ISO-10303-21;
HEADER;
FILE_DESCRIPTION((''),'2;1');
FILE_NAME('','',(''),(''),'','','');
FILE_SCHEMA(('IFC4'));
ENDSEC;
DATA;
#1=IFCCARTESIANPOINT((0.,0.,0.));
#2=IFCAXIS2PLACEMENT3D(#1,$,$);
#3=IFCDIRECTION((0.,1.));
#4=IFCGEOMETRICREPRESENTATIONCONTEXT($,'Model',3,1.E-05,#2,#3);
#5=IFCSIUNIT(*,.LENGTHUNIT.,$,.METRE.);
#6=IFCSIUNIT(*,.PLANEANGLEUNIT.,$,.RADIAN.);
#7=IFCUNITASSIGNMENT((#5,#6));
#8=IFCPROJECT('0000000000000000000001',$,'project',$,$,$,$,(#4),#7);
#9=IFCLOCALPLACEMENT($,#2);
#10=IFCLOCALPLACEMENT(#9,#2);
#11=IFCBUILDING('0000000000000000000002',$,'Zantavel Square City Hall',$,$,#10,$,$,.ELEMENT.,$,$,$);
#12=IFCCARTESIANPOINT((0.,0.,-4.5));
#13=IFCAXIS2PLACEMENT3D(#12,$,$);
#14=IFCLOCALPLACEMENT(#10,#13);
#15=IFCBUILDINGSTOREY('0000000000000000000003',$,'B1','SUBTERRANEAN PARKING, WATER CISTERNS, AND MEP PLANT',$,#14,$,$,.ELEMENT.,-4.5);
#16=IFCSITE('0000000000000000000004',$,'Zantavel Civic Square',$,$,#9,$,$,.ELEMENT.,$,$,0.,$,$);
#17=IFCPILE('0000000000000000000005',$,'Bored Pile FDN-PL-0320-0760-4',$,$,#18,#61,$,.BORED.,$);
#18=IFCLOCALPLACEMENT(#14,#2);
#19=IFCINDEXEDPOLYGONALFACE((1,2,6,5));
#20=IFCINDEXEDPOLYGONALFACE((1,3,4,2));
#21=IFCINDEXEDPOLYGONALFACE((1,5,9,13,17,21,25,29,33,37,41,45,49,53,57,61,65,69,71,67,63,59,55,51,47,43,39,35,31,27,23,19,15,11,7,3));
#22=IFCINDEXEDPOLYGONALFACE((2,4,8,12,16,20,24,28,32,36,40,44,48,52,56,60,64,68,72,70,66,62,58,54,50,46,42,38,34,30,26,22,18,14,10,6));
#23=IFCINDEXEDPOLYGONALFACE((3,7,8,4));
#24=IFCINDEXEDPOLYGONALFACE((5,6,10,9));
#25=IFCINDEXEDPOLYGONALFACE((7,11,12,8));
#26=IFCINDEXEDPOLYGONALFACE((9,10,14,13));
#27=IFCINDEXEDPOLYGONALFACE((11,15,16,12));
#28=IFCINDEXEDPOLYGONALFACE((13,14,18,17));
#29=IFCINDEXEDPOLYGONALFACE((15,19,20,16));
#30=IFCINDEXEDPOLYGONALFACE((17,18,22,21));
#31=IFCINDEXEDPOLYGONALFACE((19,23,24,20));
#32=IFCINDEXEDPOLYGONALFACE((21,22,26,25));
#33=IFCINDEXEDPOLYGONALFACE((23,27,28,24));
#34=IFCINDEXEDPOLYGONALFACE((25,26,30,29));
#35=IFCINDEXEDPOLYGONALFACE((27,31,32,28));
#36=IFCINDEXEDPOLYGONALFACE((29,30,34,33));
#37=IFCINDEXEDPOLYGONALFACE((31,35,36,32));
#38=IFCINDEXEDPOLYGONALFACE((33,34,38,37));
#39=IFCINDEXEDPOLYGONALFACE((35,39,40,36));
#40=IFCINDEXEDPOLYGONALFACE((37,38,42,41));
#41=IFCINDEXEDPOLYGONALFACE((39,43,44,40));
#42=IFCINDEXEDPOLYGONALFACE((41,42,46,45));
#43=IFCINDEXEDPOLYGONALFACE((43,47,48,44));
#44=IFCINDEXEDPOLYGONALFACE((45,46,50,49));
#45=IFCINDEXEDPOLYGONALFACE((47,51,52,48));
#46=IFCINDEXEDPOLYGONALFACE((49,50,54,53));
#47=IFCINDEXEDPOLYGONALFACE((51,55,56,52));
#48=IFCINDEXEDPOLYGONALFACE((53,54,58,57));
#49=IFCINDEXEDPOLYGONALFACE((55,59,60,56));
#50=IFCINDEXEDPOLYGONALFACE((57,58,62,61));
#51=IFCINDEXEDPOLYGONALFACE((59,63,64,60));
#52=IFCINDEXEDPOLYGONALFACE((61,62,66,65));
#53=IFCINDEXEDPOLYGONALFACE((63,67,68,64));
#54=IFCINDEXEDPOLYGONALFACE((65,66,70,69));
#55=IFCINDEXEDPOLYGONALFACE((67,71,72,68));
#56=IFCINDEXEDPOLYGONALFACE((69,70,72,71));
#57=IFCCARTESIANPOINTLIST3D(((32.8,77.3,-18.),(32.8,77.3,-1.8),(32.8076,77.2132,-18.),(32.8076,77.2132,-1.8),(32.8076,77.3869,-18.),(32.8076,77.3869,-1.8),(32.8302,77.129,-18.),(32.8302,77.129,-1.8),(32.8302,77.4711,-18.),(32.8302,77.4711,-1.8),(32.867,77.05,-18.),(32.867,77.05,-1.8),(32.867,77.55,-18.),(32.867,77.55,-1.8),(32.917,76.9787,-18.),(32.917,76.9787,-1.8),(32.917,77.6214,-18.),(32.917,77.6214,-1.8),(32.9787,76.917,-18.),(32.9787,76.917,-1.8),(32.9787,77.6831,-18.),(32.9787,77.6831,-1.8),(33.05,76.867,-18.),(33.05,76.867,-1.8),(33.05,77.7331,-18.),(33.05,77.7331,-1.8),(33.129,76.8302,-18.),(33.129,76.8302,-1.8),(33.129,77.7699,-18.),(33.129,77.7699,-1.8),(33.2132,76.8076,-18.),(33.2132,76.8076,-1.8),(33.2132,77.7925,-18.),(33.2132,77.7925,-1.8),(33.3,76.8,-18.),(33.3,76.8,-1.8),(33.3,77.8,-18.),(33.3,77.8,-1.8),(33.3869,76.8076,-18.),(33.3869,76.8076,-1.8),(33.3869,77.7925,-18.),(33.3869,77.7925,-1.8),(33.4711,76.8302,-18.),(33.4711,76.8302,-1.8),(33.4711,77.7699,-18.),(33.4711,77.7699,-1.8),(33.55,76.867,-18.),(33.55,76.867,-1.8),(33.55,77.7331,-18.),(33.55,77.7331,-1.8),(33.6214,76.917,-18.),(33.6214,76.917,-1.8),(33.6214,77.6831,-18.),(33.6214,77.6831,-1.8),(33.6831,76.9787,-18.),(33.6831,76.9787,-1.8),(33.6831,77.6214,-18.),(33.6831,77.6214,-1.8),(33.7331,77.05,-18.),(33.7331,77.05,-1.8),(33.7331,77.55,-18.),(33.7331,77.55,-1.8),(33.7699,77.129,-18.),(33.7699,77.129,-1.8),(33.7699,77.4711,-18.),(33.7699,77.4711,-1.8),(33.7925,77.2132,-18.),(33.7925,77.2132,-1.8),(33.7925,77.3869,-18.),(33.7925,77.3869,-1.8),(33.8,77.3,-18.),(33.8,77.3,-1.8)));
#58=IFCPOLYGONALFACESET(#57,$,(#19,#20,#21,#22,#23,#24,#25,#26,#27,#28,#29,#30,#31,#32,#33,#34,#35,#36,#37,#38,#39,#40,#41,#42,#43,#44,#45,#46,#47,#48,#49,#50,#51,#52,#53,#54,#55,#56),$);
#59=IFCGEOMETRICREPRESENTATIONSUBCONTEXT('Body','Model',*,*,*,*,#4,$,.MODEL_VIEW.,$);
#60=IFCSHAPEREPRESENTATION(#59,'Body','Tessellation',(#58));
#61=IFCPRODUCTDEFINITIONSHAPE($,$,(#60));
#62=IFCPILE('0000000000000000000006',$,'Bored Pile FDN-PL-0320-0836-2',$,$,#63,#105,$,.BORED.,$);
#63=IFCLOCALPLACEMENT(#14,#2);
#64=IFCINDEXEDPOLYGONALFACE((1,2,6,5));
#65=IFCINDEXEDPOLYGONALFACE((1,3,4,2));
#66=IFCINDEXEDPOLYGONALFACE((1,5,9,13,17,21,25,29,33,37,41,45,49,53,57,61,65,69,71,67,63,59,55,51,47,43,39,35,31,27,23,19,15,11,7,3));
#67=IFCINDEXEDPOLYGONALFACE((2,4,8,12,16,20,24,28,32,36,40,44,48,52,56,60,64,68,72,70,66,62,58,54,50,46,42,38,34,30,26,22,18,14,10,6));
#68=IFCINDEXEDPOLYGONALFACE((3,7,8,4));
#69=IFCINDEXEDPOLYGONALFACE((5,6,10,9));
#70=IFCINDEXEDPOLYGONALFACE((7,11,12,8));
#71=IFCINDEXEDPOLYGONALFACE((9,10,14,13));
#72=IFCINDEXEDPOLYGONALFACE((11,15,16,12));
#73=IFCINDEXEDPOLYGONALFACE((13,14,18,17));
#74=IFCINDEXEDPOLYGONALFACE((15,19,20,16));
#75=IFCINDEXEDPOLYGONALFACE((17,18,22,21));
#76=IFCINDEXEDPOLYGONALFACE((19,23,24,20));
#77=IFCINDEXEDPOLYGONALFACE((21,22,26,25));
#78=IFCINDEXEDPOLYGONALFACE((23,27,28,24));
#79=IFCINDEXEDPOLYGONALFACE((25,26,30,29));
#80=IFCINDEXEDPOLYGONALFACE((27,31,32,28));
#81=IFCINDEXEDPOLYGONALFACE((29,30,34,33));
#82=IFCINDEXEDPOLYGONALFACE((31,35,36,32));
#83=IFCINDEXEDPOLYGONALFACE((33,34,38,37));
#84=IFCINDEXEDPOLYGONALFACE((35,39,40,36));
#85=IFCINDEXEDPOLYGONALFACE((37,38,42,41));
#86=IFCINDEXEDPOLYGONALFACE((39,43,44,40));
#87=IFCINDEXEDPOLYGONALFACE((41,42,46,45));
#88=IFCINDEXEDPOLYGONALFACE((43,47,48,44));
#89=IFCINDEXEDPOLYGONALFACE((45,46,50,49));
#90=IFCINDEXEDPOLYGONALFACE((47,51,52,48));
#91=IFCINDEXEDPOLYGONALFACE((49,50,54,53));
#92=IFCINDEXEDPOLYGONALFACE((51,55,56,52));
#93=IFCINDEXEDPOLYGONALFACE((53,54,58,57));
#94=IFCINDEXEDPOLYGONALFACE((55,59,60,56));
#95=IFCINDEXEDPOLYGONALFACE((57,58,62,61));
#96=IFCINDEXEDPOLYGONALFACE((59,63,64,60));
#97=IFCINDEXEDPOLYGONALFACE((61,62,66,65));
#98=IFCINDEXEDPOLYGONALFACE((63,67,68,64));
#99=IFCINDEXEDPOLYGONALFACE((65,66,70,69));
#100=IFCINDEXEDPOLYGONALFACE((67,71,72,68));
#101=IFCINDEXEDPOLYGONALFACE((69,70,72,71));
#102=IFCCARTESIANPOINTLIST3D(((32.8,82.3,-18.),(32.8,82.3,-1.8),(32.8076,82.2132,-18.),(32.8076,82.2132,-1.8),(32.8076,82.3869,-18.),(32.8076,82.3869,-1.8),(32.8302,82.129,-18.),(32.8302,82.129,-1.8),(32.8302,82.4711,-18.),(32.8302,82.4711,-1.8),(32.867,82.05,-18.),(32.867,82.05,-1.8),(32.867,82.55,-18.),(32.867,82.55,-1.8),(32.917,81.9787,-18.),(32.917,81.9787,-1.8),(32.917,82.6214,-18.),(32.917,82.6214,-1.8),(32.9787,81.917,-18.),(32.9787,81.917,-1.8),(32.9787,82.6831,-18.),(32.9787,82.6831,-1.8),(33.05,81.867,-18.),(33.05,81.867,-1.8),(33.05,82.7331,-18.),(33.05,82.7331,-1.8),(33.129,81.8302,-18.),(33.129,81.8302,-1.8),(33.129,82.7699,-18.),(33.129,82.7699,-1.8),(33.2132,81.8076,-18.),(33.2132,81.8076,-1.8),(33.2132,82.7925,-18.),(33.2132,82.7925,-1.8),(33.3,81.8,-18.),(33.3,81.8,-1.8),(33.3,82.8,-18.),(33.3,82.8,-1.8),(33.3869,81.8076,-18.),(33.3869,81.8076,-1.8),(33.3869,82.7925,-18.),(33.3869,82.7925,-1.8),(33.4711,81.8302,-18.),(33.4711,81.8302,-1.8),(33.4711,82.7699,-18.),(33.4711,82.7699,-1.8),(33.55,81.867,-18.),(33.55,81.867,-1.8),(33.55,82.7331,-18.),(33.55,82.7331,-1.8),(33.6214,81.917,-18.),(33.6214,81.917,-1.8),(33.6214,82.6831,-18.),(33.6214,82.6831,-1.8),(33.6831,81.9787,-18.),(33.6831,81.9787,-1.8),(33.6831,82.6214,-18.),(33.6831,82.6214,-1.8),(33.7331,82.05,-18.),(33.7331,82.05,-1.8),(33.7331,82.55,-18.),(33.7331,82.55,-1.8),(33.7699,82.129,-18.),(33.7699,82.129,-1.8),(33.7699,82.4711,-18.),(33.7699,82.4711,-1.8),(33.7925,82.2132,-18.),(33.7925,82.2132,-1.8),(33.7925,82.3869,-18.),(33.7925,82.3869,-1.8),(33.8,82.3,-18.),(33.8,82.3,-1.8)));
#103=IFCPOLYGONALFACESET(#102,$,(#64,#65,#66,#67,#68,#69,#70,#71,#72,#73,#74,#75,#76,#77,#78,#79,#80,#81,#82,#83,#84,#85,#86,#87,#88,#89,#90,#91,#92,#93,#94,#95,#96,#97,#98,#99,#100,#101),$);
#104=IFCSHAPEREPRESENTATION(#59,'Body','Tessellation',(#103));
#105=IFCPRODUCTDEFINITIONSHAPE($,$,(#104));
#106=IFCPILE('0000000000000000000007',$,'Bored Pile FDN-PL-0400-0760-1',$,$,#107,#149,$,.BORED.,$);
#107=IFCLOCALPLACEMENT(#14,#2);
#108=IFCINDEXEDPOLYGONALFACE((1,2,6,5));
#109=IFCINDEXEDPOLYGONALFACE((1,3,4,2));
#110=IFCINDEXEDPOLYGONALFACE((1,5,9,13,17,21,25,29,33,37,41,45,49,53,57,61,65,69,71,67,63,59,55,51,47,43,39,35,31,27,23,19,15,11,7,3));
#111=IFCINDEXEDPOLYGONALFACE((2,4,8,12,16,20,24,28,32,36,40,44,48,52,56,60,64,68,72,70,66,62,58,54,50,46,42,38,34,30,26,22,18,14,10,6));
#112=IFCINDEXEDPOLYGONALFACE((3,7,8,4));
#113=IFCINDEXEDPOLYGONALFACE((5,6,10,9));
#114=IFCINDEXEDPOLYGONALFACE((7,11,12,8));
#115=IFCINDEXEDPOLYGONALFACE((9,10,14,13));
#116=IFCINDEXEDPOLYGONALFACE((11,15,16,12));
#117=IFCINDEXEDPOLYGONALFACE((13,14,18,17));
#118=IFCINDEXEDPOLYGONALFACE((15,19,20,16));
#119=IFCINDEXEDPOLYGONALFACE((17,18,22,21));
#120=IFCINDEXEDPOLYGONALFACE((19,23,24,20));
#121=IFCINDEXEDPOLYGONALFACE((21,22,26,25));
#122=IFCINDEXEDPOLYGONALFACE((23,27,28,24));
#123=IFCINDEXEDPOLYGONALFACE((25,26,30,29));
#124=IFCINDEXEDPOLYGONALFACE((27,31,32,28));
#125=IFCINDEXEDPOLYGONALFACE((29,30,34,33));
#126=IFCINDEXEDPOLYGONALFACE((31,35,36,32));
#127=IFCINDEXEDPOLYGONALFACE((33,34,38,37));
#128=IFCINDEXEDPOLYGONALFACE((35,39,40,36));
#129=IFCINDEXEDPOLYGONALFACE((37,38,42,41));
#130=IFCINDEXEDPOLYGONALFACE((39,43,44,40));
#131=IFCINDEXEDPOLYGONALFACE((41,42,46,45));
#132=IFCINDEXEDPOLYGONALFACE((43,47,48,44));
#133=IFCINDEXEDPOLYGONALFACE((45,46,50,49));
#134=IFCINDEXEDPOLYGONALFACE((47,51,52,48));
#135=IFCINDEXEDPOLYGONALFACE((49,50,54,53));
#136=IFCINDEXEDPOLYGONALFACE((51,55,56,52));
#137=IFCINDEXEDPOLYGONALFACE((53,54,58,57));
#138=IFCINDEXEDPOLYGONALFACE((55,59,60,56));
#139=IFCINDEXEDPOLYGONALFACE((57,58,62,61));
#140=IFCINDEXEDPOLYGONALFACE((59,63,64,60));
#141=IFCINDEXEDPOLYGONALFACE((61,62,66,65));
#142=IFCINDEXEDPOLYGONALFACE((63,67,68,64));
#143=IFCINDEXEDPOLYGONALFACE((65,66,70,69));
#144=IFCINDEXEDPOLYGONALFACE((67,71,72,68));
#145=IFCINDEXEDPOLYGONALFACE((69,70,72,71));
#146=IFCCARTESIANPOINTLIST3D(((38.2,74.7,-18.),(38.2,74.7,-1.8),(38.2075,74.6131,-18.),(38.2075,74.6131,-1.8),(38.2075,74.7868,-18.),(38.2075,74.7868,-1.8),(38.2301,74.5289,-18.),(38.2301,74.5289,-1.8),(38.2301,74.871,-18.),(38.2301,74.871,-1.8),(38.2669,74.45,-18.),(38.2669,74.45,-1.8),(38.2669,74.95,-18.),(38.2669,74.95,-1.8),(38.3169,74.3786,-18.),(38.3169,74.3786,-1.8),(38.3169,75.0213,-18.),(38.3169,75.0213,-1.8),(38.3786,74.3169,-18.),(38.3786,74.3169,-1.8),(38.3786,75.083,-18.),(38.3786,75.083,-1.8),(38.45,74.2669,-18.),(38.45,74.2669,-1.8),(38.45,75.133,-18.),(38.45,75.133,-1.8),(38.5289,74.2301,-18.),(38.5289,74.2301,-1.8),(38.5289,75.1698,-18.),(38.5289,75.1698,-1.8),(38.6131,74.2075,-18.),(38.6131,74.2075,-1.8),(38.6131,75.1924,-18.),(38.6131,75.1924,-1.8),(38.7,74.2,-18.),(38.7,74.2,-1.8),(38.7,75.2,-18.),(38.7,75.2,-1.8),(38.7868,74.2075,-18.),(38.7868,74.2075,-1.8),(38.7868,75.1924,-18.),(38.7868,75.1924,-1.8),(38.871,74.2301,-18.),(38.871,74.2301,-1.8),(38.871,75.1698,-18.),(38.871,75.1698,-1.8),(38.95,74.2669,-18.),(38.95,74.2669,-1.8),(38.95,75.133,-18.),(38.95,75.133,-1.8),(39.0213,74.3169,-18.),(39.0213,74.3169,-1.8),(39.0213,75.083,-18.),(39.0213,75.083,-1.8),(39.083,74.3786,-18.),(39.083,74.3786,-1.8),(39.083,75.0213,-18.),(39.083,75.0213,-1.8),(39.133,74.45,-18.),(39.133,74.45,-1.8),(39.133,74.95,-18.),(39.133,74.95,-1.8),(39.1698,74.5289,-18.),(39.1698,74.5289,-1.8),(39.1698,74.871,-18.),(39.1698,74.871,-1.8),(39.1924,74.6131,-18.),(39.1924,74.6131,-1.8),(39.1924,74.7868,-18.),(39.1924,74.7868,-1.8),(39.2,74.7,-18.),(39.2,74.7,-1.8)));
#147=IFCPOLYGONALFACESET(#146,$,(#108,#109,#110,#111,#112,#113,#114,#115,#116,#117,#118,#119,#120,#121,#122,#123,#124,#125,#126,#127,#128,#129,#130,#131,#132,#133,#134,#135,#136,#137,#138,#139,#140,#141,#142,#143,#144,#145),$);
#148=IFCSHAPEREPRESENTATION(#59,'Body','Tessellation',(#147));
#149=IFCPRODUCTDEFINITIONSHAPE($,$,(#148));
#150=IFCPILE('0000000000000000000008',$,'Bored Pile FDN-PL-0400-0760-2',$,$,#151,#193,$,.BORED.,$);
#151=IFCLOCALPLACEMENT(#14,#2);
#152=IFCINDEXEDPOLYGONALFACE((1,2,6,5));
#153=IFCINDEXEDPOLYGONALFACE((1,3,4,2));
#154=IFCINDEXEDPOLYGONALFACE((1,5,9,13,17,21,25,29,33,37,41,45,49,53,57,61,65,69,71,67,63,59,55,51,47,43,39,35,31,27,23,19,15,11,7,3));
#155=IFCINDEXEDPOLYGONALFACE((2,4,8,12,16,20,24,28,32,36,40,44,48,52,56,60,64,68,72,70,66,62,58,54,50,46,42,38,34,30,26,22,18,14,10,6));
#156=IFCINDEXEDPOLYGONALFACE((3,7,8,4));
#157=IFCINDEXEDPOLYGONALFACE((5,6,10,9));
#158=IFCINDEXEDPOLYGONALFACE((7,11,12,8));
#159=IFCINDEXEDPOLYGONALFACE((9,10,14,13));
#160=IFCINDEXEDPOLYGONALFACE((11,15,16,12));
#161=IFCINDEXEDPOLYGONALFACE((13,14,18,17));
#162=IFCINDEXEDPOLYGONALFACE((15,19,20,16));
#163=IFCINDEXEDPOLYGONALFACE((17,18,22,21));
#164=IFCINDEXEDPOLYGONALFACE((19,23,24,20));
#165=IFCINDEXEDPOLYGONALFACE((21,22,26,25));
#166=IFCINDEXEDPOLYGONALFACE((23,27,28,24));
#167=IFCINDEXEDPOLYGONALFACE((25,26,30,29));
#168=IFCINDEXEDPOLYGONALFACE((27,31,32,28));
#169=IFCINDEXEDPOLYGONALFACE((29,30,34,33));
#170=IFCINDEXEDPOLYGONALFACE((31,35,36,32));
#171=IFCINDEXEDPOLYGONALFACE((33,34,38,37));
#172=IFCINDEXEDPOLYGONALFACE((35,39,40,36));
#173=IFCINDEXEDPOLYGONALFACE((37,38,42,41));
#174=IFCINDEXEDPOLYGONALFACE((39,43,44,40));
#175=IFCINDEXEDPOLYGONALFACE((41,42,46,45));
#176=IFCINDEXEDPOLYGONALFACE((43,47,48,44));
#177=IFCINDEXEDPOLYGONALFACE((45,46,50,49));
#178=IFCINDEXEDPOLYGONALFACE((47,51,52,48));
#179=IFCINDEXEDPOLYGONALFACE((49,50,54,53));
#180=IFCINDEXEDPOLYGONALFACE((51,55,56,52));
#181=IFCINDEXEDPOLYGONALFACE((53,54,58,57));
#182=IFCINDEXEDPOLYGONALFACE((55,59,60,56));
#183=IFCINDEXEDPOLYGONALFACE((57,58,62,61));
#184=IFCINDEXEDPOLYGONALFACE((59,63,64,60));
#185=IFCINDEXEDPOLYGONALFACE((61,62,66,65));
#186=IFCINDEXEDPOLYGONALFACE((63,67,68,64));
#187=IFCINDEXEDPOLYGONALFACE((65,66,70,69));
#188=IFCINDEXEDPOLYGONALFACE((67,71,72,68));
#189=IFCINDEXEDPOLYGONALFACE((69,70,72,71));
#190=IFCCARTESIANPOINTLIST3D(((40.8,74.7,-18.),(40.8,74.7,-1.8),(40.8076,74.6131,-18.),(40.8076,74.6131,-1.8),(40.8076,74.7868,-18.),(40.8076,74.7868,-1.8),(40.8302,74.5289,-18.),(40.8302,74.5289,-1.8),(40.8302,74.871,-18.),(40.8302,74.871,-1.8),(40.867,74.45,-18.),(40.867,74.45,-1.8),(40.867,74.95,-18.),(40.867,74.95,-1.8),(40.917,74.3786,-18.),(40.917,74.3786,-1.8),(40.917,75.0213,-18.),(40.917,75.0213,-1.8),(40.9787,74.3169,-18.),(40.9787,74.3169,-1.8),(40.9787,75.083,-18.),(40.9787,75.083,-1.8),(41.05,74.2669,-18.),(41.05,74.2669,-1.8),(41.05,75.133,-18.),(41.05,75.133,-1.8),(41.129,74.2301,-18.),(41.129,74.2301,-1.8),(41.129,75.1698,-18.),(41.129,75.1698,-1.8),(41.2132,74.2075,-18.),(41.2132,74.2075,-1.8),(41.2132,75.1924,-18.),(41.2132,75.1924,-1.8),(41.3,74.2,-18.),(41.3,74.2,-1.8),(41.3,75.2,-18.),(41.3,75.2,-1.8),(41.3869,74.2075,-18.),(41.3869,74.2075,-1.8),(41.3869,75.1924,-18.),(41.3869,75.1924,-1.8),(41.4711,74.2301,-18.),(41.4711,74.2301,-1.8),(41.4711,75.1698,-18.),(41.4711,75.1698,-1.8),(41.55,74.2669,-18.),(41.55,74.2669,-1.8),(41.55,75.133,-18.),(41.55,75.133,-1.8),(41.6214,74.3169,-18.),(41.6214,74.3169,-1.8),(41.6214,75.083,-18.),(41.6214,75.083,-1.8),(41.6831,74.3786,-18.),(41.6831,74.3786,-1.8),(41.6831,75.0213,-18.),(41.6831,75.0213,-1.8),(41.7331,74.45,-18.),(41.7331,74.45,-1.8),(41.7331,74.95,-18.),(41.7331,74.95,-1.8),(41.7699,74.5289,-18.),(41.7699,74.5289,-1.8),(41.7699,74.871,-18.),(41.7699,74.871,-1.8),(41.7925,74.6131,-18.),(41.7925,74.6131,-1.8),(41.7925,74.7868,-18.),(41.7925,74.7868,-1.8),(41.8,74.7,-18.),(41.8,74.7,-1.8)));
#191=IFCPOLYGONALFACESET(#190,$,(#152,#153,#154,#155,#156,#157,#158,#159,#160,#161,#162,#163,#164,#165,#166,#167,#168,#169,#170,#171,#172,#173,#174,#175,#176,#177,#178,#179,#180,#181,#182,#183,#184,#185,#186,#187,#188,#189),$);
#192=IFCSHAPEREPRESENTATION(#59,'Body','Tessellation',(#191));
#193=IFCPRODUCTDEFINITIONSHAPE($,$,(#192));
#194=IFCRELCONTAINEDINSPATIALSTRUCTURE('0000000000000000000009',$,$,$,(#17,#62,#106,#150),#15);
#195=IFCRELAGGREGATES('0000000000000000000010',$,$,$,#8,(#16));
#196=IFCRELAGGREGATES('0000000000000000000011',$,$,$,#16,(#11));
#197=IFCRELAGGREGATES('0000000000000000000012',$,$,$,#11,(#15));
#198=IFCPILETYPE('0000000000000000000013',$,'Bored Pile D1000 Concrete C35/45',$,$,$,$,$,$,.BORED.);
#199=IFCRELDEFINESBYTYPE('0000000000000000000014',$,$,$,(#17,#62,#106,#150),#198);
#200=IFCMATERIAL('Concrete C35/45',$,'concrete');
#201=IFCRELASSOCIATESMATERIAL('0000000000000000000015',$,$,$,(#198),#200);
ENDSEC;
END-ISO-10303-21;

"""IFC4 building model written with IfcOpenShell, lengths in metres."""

from ifc_helpers import new_model, si_unit, direction, frame, origin, origin_2d, place, context, subcontext, project, spatial, circle, extrude, material, material_profile, profile_set, type_object, element, save


model = new_model("IFC4")

# Units and contexts
model_context = context("Model", 3, precision=1e-05, world=origin(), true_north=direction((0.0, 1.0)))
body_context = subcontext(model_context, "Body", "Model", "MODEL_VIEW")
ifc_project = project(units=[si_unit("LENGTHUNIT", "METRE"), si_unit("PLANEANGLEUNIT", "RADIAN")], contexts=[model_context])

# Site, building, storey
site_placement = place(None, origin())
site = spatial("IfcSite", under=ifc_project, at=site_placement, Name="Zantavel Civic Square", CompositionType="ELEMENT", RefElevation=0.0)
building_placement = place(site_placement, origin())
building = spatial("IfcBuilding", under=site, at=building_placement, Name="Zantavel Square City Hall", CompositionType="ELEMENT")
storey_placement = place(building_placement, frame((0.0, 0.0, -4.5)))
storey = spatial("IfcBuildingStorey", under=building, at=storey_placement, Name="B1", Description="SUBTERRANEAN PARKING, WATER CISTERNS, AND MEP PLANT", CompositionType="ELEMENT", Elevation=-4.5)

# Piles
ifc_material_1 = material(Name="Concrete C35/45", Category="concrete")
ifc_material_profile_1 = material_profile(ifc_material_1, circle(Radius=0.5, at=origin_2d()), Name="PILE D1000")
ifc_profile_set_1 = profile_set([ifc_material_profile_1], Name="Concrete C35/45")
pile_type = type_object("IfcPileType", Name="Bored Pile D1000 Concrete C35/45", PredefinedType="BORED", material=ifc_profile_set_1)
for number, where, z_axis, x_axis, name in (
    (1, (33.3, 77.3, -1.8), (0.0, 0.0, -1.0), (1.0, 0.0, 0.0), "Bored Pile FDN-PL-0320-0760-4"),
    (2, (33.3, 82.3, -1.8), (0.0, 0.0, -1.0), (1.0, 0.0, 0.0), "Bored Pile FDN-PL-0320-0836-2"),
    (3, (38.7, 74.7, -1.8), (0.0, 0.0, -1.0), (1.0, 0.0, 0.0), "Bored Pile FDN-PL-0400-0760-1"),
    (4, (41.3, 74.7, -1.8), (0.0, 0.0, -1.0), (1.0, 0.0, 0.0), "Bored Pile FDN-PL-0400-0760-2"),
):
    element("IfcPile", number, at=place(storey_placement, frame(where, z_axis=z_axis, x_axis=x_axis)), inside=storey, type_object=pile_type, Name=name, PredefinedType="BORED", context=body_context, shape_type="SweptSolid", body=[
        extrude(circle(Radius=0.5, at=origin_2d()), origin(), (0.0, 0.0, 1.0), 16.2),
    ])

save(model, "model.ifc")
